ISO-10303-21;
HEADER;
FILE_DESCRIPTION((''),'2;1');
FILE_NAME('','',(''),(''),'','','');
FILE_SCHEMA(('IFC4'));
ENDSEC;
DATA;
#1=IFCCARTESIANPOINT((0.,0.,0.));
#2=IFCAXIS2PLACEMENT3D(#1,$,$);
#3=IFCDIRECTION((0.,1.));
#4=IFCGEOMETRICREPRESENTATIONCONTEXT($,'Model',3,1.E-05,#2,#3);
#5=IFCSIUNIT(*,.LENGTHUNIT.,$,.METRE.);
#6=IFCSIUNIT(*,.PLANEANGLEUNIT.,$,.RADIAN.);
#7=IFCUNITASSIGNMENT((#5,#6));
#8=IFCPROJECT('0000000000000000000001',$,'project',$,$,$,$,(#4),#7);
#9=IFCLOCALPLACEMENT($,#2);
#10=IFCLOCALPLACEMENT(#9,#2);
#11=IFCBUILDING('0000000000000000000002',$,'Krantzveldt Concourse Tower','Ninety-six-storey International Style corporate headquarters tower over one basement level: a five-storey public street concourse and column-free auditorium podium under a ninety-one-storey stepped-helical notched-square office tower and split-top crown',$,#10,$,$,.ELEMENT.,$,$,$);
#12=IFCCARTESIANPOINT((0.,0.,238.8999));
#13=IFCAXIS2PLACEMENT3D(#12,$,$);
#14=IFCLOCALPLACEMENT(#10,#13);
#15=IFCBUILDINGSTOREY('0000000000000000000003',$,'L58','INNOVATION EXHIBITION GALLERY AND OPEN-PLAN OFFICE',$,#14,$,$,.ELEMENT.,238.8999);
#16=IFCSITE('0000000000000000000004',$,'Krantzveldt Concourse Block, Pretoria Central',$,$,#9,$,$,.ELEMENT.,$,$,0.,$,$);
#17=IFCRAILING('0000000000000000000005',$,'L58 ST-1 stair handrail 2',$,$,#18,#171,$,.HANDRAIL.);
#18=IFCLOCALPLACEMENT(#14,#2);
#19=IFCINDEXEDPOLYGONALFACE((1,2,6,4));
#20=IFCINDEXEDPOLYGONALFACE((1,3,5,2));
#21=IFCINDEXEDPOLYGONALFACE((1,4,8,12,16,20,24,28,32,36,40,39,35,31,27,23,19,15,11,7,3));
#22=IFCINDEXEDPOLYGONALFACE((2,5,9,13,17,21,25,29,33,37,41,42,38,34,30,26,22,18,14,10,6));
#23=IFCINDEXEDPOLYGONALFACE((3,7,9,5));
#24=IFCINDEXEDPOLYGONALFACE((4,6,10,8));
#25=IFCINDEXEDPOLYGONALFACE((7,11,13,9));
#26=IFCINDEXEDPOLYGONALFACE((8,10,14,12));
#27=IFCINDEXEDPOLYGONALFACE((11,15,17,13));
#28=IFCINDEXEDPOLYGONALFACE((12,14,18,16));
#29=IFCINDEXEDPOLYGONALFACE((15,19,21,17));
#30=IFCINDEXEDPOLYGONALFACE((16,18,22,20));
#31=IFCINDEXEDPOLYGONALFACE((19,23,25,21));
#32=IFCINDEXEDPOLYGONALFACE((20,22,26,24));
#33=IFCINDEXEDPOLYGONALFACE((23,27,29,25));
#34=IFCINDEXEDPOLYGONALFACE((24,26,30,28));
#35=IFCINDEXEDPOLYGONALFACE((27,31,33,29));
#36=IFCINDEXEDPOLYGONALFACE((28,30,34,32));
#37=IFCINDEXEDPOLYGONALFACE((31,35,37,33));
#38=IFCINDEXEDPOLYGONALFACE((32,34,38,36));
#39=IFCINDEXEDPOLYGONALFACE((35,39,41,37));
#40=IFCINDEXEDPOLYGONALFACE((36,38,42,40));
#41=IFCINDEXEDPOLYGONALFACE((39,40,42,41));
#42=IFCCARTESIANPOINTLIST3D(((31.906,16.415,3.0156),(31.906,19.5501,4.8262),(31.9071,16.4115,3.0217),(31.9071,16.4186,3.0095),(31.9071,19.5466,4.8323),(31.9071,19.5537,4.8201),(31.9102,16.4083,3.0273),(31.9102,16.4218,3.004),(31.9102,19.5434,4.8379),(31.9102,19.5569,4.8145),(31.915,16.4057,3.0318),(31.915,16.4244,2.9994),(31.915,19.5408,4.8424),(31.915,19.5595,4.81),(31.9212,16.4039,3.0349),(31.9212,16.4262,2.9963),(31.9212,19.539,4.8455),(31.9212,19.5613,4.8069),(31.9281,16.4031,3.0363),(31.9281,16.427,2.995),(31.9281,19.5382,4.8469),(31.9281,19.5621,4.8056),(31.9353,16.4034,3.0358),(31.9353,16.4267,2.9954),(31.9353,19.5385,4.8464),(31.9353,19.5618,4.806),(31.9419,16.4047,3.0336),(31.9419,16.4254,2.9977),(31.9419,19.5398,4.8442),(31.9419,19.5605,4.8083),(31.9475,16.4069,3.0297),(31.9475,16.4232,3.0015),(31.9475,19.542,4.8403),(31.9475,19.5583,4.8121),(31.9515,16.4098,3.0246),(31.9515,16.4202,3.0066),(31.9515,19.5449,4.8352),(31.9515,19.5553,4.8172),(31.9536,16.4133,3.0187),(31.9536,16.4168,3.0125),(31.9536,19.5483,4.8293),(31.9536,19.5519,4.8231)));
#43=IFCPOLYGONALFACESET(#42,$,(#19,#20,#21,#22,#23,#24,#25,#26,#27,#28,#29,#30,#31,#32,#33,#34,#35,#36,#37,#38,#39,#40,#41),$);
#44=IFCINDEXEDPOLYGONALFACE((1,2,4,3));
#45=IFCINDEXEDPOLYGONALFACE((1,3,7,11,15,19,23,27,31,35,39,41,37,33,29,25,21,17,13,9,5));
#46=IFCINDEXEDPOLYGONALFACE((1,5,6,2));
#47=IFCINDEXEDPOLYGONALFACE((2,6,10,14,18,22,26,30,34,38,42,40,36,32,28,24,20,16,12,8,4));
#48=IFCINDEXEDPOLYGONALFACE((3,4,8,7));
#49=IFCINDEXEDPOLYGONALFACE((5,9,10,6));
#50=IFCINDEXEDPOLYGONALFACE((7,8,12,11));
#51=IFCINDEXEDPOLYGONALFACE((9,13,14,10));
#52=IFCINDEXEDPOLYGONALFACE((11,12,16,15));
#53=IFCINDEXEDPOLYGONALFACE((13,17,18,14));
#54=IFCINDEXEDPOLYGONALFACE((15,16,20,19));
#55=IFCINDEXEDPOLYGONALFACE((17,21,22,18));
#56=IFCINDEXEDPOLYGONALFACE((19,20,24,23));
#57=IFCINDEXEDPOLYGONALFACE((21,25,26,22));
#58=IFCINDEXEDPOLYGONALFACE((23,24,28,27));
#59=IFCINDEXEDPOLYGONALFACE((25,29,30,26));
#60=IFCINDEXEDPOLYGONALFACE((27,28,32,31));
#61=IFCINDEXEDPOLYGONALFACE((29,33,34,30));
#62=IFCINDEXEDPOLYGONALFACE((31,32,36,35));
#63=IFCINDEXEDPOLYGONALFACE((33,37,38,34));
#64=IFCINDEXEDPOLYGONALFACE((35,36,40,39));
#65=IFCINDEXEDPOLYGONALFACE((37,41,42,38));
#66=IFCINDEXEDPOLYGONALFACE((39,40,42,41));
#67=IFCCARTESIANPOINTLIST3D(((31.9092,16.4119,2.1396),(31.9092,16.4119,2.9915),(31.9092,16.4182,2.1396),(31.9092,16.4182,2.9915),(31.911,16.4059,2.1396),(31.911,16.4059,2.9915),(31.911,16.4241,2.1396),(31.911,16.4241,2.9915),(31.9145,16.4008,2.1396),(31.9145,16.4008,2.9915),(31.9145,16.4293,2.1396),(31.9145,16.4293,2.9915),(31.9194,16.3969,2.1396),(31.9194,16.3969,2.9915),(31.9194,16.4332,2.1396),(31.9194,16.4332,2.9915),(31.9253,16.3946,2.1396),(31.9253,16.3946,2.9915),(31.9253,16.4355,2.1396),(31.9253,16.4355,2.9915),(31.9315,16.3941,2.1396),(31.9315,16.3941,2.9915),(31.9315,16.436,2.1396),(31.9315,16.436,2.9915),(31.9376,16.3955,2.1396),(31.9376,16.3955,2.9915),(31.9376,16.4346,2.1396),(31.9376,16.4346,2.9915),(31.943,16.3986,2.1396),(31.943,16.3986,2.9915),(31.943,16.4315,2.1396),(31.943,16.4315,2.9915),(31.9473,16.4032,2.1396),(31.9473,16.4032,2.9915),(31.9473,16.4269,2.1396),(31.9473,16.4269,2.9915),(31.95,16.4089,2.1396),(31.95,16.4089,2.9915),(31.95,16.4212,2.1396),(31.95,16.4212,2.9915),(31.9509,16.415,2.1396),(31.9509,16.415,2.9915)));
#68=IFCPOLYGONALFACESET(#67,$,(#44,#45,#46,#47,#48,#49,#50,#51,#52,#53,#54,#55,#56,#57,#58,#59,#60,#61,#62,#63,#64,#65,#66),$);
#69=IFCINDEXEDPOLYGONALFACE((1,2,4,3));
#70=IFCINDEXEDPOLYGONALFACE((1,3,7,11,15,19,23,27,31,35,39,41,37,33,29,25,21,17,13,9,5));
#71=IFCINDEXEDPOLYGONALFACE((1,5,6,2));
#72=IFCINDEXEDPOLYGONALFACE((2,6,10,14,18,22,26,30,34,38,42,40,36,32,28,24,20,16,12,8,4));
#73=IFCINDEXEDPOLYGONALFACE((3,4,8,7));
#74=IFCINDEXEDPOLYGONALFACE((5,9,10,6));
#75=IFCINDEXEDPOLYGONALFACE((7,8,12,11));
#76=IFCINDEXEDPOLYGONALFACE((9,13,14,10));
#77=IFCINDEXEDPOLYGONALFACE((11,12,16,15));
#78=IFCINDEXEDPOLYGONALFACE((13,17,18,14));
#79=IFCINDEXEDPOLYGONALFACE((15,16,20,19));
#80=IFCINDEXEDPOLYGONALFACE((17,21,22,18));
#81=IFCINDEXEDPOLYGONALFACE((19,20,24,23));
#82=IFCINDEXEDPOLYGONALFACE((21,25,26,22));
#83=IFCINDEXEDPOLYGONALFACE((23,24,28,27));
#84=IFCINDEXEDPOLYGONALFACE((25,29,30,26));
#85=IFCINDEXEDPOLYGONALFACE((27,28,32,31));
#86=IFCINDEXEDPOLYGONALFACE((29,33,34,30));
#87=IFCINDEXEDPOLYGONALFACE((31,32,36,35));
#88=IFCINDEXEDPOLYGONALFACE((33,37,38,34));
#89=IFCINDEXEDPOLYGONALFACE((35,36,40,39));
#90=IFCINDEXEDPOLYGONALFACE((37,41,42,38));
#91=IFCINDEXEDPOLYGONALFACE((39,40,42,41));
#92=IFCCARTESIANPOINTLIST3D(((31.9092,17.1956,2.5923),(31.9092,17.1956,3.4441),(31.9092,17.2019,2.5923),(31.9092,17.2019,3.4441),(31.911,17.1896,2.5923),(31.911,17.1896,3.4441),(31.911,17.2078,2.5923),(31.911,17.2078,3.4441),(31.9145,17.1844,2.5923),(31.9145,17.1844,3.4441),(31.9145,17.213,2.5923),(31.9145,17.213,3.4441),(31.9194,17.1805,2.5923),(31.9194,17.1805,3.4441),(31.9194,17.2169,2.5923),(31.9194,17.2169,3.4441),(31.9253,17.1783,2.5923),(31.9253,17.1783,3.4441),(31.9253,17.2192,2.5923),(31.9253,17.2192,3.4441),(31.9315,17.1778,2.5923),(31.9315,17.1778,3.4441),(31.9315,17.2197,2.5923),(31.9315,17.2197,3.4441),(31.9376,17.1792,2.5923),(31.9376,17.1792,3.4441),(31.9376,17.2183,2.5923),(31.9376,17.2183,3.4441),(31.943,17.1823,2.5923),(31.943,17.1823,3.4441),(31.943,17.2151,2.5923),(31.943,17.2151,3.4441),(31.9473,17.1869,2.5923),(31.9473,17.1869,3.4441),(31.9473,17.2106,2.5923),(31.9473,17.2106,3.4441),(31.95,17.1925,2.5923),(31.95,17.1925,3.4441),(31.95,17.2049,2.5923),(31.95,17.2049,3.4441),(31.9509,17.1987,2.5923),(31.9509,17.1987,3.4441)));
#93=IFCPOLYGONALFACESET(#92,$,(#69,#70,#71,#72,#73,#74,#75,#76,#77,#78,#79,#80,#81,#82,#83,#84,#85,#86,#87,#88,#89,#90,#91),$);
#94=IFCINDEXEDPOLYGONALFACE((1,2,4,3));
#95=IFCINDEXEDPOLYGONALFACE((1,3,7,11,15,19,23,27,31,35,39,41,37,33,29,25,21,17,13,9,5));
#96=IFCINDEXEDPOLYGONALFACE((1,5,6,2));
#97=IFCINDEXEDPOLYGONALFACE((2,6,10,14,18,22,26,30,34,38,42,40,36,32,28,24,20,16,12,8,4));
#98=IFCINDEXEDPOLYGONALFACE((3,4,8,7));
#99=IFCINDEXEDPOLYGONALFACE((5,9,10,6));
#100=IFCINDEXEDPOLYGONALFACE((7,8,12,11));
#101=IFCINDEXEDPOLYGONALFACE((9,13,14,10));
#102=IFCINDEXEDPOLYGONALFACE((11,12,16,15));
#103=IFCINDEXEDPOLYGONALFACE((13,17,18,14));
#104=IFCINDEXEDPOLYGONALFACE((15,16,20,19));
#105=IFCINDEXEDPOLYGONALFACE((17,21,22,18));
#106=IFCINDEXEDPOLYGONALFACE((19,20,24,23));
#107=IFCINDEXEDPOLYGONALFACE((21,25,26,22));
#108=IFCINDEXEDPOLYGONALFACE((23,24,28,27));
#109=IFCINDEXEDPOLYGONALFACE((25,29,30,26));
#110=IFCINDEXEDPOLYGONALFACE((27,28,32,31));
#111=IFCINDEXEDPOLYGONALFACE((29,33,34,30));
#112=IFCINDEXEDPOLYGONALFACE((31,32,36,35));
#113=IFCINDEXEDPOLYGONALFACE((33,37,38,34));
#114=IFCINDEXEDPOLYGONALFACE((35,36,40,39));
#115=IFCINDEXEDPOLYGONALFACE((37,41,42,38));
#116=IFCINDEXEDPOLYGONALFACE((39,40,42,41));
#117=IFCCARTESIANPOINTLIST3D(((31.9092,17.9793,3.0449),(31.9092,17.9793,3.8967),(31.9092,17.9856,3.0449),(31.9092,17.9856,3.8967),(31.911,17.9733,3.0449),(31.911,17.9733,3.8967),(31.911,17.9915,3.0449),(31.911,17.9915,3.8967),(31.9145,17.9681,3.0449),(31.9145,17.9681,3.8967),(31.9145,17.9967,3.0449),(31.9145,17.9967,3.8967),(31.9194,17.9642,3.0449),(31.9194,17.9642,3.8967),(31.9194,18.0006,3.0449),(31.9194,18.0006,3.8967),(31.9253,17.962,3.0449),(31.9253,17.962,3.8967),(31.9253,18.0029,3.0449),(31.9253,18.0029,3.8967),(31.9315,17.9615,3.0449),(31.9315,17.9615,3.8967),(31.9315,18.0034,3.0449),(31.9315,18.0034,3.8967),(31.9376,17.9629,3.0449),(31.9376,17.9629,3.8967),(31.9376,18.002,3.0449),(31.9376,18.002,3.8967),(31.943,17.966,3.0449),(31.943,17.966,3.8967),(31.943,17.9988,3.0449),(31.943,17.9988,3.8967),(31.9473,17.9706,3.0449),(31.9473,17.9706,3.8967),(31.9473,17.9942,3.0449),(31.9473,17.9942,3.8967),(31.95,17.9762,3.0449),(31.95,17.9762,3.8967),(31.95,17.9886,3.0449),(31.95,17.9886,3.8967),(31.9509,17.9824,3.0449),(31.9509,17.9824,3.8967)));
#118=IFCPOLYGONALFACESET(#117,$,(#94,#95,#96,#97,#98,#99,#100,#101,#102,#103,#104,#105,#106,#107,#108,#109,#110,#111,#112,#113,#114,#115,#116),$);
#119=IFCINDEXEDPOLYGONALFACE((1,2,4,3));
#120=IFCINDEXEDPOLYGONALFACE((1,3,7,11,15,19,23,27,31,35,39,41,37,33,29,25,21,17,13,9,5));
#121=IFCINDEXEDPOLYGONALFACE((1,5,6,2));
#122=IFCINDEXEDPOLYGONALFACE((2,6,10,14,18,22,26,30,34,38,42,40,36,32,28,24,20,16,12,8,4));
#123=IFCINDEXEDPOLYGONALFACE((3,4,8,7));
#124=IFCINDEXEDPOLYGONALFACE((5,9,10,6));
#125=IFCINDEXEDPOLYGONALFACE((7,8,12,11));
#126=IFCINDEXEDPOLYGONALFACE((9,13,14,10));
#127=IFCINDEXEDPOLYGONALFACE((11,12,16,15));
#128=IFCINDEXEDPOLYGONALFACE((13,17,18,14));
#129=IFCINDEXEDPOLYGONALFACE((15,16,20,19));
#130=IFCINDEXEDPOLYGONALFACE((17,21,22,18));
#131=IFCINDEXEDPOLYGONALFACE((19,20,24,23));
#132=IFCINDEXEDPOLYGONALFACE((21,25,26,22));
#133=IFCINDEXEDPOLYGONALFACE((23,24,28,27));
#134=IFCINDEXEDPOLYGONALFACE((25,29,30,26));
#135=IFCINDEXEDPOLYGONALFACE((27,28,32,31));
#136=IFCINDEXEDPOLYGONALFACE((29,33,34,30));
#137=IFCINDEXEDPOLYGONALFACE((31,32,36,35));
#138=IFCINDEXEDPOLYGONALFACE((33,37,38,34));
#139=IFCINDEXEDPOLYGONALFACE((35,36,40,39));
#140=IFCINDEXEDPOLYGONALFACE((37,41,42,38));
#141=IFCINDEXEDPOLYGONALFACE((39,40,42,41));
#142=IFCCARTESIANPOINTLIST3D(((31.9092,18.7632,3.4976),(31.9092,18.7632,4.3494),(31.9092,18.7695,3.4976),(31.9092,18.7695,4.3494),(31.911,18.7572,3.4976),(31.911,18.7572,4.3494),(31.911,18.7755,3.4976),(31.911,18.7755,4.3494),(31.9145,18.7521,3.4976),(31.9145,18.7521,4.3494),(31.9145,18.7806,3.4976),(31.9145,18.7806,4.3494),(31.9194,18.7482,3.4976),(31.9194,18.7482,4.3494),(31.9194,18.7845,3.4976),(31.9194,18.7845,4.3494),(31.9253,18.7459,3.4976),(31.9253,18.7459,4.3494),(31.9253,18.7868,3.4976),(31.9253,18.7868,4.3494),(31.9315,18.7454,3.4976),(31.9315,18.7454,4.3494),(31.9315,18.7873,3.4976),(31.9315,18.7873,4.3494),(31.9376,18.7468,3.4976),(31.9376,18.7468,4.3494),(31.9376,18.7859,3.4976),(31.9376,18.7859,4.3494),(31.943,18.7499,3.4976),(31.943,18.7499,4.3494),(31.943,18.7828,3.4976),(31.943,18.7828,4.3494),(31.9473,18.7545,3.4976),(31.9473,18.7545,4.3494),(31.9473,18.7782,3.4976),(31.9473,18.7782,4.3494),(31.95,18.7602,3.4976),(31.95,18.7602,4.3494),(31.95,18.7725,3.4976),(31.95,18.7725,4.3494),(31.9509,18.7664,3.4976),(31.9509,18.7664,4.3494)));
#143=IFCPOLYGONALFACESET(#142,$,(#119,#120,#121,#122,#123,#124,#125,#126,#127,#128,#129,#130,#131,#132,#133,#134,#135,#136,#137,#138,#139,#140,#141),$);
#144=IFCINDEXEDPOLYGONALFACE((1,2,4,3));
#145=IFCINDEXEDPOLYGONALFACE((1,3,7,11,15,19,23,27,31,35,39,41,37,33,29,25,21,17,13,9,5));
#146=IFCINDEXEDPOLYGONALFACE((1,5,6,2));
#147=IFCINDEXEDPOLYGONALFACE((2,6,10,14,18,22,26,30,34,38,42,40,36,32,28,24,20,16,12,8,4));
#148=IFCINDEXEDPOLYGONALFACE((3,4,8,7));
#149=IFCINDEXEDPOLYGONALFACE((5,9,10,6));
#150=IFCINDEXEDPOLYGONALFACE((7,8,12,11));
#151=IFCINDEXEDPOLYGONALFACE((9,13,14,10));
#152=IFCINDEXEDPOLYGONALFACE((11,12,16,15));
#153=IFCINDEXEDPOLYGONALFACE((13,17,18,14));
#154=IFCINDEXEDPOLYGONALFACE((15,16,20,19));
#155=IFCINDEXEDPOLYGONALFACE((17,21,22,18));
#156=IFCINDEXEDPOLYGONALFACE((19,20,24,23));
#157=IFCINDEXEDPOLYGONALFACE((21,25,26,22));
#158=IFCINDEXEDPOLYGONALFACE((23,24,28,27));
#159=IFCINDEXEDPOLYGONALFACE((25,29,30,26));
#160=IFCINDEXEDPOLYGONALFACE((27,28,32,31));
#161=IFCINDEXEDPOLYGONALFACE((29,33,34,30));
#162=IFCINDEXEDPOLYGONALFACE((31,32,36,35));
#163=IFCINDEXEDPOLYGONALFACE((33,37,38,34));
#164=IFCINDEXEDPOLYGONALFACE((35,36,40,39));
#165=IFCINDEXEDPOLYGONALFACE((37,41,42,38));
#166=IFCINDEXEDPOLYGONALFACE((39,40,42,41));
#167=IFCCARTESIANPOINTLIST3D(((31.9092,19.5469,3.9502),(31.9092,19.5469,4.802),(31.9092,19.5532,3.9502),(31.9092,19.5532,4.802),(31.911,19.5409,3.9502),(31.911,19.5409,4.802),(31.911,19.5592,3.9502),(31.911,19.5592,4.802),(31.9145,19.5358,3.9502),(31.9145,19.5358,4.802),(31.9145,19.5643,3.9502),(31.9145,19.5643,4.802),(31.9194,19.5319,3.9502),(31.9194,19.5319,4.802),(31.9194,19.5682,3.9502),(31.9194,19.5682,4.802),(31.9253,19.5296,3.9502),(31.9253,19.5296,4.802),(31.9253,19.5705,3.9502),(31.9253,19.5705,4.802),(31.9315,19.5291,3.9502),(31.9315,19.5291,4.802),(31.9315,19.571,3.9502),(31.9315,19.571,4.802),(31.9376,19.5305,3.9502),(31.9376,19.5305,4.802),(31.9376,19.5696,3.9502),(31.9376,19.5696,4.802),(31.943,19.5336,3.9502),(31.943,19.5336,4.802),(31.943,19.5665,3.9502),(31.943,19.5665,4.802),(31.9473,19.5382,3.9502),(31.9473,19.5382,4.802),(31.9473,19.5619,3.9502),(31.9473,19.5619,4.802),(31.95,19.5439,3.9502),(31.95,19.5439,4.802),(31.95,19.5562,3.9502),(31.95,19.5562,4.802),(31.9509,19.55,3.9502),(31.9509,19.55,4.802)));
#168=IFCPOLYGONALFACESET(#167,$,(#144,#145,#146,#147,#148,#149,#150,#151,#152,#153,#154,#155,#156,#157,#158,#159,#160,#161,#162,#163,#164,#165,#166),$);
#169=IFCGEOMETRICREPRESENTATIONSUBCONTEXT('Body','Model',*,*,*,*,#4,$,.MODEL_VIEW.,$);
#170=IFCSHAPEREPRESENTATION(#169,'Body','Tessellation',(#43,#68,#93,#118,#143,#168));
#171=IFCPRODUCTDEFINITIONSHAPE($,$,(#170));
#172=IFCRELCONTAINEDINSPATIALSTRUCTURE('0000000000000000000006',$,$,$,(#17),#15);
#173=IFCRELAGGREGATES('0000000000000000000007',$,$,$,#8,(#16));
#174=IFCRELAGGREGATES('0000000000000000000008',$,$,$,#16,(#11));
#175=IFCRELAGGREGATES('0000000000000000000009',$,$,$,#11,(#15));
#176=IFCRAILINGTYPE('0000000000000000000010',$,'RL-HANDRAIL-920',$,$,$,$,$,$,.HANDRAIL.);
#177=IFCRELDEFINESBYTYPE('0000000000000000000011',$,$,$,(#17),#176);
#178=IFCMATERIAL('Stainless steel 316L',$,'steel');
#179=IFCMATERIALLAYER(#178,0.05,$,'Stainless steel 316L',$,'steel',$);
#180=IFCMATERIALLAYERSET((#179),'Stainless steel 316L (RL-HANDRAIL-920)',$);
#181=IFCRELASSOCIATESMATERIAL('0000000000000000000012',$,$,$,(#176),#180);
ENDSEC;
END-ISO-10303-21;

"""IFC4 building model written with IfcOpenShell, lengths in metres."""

from ifc_helpers import new_model, si_unit, direction, frame, origin, origin_2d, place, context, subcontext, project, spatial, circle, extrude, material, layer, layer_set, type_object, element, save


model = new_model("IFC4")

# Units and contexts
model_context = context("Model", 3, precision=1e-05, world=origin(), true_north=direction((0.0, 1.0)))
body_context = subcontext(model_context, "Body", "Model", "MODEL_VIEW")
ifc_project = project(units=[si_unit("LENGTHUNIT", "METRE"), si_unit("PLANEANGLEUNIT", "RADIAN")], contexts=[model_context])

# Site, building, storey
site_placement = place(None, origin())
site = spatial("IfcSite", under=ifc_project, at=site_placement, Name="Krantzveldt Concourse Block, Pretoria Central", CompositionType="ELEMENT", RefElevation=0.0)
building_placement = place(site_placement, origin())
building = spatial("IfcBuilding", under=site, at=building_placement, Name="Krantzveldt Concourse Tower", Description="Ninety-six-storey International Style corporate headquarters tower over one basement level: a five-storey public street concourse and column-free auditorium podium under a ninety-one-storey stepped-helical notched-square office tower and split-top crown", CompositionType="ELEMENT")
storey_placement = place(building_placement, frame((0.0, 0.0, 238.8999)))
storey = spatial("IfcBuildingStorey", under=building, at=storey_placement, Name="L58", Description="INNOVATION EXHIBITION GALLERY AND OPEN-PLAN OFFICE", CompositionType="ELEMENT", Elevation=238.8999)

# Shared definitions
ifc_material_1 = material(Name="Stainless steel 316L", Category="steel")

# Railing
ifc_layer_1 = layer(ifc_material_1, 0.05, Name="Stainless steel 316L", Category="steel")
ifc_layer_set_1 = layer_set([ifc_layer_1], Name="Stainless steel 316L (RL-HANDRAIL-920)")
railing_type_1 = type_object("IfcRailingType", Name="RL-HANDRAIL-920", PredefinedType="HANDRAIL", material=ifc_layer_set_1)
railing_1_placement = place(storey_placement, frame((31.9299, 16.415, 2.1396)))
element("IfcRailing", 1, at=railing_1_placement, inside=storey, type_object=railing_type_1, Name="L58 ST-1 stair handrail 2", PredefinedType="HANDRAIL", context=body_context, shape_type="SweptSolid", body=[
    extrude(circle(Radius=0.0239, at=origin_2d()), frame((0.0, 0.0, 0.876), z_axis=(0.0, 0.86596, 0.500114), x_axis=(-1.0, 0.0, 0.0)), (0.0, 0.0, 1.0), 3.6204),
    extrude(circle(Radius=0.021, at=origin_2d()), origin(), (0.0, 0.0, 1.0), 0.8518),
    extrude(circle(Radius=0.021, at=origin_2d()), frame((0.0, 0.7837, 0.4526)), (0.0, 0.0, 1.0), 0.8518),
    extrude(circle(Radius=0.021, at=origin_2d()), frame((0.0, 1.5674, 0.9053)), (0.0, 0.0, 1.0), 0.8518),
    extrude(circle(Radius=0.021, at=origin_2d()), frame((0.0, 2.3513, 1.3579)), (0.0, 0.0, 1.0), 0.8518),
    extrude(circle(Radius=0.021, at=origin_2d()), frame((0.0, 3.135, 1.8105)), (0.0, 0.0, 1.0), 0.8518),
])

save(model, "model.ifc")
